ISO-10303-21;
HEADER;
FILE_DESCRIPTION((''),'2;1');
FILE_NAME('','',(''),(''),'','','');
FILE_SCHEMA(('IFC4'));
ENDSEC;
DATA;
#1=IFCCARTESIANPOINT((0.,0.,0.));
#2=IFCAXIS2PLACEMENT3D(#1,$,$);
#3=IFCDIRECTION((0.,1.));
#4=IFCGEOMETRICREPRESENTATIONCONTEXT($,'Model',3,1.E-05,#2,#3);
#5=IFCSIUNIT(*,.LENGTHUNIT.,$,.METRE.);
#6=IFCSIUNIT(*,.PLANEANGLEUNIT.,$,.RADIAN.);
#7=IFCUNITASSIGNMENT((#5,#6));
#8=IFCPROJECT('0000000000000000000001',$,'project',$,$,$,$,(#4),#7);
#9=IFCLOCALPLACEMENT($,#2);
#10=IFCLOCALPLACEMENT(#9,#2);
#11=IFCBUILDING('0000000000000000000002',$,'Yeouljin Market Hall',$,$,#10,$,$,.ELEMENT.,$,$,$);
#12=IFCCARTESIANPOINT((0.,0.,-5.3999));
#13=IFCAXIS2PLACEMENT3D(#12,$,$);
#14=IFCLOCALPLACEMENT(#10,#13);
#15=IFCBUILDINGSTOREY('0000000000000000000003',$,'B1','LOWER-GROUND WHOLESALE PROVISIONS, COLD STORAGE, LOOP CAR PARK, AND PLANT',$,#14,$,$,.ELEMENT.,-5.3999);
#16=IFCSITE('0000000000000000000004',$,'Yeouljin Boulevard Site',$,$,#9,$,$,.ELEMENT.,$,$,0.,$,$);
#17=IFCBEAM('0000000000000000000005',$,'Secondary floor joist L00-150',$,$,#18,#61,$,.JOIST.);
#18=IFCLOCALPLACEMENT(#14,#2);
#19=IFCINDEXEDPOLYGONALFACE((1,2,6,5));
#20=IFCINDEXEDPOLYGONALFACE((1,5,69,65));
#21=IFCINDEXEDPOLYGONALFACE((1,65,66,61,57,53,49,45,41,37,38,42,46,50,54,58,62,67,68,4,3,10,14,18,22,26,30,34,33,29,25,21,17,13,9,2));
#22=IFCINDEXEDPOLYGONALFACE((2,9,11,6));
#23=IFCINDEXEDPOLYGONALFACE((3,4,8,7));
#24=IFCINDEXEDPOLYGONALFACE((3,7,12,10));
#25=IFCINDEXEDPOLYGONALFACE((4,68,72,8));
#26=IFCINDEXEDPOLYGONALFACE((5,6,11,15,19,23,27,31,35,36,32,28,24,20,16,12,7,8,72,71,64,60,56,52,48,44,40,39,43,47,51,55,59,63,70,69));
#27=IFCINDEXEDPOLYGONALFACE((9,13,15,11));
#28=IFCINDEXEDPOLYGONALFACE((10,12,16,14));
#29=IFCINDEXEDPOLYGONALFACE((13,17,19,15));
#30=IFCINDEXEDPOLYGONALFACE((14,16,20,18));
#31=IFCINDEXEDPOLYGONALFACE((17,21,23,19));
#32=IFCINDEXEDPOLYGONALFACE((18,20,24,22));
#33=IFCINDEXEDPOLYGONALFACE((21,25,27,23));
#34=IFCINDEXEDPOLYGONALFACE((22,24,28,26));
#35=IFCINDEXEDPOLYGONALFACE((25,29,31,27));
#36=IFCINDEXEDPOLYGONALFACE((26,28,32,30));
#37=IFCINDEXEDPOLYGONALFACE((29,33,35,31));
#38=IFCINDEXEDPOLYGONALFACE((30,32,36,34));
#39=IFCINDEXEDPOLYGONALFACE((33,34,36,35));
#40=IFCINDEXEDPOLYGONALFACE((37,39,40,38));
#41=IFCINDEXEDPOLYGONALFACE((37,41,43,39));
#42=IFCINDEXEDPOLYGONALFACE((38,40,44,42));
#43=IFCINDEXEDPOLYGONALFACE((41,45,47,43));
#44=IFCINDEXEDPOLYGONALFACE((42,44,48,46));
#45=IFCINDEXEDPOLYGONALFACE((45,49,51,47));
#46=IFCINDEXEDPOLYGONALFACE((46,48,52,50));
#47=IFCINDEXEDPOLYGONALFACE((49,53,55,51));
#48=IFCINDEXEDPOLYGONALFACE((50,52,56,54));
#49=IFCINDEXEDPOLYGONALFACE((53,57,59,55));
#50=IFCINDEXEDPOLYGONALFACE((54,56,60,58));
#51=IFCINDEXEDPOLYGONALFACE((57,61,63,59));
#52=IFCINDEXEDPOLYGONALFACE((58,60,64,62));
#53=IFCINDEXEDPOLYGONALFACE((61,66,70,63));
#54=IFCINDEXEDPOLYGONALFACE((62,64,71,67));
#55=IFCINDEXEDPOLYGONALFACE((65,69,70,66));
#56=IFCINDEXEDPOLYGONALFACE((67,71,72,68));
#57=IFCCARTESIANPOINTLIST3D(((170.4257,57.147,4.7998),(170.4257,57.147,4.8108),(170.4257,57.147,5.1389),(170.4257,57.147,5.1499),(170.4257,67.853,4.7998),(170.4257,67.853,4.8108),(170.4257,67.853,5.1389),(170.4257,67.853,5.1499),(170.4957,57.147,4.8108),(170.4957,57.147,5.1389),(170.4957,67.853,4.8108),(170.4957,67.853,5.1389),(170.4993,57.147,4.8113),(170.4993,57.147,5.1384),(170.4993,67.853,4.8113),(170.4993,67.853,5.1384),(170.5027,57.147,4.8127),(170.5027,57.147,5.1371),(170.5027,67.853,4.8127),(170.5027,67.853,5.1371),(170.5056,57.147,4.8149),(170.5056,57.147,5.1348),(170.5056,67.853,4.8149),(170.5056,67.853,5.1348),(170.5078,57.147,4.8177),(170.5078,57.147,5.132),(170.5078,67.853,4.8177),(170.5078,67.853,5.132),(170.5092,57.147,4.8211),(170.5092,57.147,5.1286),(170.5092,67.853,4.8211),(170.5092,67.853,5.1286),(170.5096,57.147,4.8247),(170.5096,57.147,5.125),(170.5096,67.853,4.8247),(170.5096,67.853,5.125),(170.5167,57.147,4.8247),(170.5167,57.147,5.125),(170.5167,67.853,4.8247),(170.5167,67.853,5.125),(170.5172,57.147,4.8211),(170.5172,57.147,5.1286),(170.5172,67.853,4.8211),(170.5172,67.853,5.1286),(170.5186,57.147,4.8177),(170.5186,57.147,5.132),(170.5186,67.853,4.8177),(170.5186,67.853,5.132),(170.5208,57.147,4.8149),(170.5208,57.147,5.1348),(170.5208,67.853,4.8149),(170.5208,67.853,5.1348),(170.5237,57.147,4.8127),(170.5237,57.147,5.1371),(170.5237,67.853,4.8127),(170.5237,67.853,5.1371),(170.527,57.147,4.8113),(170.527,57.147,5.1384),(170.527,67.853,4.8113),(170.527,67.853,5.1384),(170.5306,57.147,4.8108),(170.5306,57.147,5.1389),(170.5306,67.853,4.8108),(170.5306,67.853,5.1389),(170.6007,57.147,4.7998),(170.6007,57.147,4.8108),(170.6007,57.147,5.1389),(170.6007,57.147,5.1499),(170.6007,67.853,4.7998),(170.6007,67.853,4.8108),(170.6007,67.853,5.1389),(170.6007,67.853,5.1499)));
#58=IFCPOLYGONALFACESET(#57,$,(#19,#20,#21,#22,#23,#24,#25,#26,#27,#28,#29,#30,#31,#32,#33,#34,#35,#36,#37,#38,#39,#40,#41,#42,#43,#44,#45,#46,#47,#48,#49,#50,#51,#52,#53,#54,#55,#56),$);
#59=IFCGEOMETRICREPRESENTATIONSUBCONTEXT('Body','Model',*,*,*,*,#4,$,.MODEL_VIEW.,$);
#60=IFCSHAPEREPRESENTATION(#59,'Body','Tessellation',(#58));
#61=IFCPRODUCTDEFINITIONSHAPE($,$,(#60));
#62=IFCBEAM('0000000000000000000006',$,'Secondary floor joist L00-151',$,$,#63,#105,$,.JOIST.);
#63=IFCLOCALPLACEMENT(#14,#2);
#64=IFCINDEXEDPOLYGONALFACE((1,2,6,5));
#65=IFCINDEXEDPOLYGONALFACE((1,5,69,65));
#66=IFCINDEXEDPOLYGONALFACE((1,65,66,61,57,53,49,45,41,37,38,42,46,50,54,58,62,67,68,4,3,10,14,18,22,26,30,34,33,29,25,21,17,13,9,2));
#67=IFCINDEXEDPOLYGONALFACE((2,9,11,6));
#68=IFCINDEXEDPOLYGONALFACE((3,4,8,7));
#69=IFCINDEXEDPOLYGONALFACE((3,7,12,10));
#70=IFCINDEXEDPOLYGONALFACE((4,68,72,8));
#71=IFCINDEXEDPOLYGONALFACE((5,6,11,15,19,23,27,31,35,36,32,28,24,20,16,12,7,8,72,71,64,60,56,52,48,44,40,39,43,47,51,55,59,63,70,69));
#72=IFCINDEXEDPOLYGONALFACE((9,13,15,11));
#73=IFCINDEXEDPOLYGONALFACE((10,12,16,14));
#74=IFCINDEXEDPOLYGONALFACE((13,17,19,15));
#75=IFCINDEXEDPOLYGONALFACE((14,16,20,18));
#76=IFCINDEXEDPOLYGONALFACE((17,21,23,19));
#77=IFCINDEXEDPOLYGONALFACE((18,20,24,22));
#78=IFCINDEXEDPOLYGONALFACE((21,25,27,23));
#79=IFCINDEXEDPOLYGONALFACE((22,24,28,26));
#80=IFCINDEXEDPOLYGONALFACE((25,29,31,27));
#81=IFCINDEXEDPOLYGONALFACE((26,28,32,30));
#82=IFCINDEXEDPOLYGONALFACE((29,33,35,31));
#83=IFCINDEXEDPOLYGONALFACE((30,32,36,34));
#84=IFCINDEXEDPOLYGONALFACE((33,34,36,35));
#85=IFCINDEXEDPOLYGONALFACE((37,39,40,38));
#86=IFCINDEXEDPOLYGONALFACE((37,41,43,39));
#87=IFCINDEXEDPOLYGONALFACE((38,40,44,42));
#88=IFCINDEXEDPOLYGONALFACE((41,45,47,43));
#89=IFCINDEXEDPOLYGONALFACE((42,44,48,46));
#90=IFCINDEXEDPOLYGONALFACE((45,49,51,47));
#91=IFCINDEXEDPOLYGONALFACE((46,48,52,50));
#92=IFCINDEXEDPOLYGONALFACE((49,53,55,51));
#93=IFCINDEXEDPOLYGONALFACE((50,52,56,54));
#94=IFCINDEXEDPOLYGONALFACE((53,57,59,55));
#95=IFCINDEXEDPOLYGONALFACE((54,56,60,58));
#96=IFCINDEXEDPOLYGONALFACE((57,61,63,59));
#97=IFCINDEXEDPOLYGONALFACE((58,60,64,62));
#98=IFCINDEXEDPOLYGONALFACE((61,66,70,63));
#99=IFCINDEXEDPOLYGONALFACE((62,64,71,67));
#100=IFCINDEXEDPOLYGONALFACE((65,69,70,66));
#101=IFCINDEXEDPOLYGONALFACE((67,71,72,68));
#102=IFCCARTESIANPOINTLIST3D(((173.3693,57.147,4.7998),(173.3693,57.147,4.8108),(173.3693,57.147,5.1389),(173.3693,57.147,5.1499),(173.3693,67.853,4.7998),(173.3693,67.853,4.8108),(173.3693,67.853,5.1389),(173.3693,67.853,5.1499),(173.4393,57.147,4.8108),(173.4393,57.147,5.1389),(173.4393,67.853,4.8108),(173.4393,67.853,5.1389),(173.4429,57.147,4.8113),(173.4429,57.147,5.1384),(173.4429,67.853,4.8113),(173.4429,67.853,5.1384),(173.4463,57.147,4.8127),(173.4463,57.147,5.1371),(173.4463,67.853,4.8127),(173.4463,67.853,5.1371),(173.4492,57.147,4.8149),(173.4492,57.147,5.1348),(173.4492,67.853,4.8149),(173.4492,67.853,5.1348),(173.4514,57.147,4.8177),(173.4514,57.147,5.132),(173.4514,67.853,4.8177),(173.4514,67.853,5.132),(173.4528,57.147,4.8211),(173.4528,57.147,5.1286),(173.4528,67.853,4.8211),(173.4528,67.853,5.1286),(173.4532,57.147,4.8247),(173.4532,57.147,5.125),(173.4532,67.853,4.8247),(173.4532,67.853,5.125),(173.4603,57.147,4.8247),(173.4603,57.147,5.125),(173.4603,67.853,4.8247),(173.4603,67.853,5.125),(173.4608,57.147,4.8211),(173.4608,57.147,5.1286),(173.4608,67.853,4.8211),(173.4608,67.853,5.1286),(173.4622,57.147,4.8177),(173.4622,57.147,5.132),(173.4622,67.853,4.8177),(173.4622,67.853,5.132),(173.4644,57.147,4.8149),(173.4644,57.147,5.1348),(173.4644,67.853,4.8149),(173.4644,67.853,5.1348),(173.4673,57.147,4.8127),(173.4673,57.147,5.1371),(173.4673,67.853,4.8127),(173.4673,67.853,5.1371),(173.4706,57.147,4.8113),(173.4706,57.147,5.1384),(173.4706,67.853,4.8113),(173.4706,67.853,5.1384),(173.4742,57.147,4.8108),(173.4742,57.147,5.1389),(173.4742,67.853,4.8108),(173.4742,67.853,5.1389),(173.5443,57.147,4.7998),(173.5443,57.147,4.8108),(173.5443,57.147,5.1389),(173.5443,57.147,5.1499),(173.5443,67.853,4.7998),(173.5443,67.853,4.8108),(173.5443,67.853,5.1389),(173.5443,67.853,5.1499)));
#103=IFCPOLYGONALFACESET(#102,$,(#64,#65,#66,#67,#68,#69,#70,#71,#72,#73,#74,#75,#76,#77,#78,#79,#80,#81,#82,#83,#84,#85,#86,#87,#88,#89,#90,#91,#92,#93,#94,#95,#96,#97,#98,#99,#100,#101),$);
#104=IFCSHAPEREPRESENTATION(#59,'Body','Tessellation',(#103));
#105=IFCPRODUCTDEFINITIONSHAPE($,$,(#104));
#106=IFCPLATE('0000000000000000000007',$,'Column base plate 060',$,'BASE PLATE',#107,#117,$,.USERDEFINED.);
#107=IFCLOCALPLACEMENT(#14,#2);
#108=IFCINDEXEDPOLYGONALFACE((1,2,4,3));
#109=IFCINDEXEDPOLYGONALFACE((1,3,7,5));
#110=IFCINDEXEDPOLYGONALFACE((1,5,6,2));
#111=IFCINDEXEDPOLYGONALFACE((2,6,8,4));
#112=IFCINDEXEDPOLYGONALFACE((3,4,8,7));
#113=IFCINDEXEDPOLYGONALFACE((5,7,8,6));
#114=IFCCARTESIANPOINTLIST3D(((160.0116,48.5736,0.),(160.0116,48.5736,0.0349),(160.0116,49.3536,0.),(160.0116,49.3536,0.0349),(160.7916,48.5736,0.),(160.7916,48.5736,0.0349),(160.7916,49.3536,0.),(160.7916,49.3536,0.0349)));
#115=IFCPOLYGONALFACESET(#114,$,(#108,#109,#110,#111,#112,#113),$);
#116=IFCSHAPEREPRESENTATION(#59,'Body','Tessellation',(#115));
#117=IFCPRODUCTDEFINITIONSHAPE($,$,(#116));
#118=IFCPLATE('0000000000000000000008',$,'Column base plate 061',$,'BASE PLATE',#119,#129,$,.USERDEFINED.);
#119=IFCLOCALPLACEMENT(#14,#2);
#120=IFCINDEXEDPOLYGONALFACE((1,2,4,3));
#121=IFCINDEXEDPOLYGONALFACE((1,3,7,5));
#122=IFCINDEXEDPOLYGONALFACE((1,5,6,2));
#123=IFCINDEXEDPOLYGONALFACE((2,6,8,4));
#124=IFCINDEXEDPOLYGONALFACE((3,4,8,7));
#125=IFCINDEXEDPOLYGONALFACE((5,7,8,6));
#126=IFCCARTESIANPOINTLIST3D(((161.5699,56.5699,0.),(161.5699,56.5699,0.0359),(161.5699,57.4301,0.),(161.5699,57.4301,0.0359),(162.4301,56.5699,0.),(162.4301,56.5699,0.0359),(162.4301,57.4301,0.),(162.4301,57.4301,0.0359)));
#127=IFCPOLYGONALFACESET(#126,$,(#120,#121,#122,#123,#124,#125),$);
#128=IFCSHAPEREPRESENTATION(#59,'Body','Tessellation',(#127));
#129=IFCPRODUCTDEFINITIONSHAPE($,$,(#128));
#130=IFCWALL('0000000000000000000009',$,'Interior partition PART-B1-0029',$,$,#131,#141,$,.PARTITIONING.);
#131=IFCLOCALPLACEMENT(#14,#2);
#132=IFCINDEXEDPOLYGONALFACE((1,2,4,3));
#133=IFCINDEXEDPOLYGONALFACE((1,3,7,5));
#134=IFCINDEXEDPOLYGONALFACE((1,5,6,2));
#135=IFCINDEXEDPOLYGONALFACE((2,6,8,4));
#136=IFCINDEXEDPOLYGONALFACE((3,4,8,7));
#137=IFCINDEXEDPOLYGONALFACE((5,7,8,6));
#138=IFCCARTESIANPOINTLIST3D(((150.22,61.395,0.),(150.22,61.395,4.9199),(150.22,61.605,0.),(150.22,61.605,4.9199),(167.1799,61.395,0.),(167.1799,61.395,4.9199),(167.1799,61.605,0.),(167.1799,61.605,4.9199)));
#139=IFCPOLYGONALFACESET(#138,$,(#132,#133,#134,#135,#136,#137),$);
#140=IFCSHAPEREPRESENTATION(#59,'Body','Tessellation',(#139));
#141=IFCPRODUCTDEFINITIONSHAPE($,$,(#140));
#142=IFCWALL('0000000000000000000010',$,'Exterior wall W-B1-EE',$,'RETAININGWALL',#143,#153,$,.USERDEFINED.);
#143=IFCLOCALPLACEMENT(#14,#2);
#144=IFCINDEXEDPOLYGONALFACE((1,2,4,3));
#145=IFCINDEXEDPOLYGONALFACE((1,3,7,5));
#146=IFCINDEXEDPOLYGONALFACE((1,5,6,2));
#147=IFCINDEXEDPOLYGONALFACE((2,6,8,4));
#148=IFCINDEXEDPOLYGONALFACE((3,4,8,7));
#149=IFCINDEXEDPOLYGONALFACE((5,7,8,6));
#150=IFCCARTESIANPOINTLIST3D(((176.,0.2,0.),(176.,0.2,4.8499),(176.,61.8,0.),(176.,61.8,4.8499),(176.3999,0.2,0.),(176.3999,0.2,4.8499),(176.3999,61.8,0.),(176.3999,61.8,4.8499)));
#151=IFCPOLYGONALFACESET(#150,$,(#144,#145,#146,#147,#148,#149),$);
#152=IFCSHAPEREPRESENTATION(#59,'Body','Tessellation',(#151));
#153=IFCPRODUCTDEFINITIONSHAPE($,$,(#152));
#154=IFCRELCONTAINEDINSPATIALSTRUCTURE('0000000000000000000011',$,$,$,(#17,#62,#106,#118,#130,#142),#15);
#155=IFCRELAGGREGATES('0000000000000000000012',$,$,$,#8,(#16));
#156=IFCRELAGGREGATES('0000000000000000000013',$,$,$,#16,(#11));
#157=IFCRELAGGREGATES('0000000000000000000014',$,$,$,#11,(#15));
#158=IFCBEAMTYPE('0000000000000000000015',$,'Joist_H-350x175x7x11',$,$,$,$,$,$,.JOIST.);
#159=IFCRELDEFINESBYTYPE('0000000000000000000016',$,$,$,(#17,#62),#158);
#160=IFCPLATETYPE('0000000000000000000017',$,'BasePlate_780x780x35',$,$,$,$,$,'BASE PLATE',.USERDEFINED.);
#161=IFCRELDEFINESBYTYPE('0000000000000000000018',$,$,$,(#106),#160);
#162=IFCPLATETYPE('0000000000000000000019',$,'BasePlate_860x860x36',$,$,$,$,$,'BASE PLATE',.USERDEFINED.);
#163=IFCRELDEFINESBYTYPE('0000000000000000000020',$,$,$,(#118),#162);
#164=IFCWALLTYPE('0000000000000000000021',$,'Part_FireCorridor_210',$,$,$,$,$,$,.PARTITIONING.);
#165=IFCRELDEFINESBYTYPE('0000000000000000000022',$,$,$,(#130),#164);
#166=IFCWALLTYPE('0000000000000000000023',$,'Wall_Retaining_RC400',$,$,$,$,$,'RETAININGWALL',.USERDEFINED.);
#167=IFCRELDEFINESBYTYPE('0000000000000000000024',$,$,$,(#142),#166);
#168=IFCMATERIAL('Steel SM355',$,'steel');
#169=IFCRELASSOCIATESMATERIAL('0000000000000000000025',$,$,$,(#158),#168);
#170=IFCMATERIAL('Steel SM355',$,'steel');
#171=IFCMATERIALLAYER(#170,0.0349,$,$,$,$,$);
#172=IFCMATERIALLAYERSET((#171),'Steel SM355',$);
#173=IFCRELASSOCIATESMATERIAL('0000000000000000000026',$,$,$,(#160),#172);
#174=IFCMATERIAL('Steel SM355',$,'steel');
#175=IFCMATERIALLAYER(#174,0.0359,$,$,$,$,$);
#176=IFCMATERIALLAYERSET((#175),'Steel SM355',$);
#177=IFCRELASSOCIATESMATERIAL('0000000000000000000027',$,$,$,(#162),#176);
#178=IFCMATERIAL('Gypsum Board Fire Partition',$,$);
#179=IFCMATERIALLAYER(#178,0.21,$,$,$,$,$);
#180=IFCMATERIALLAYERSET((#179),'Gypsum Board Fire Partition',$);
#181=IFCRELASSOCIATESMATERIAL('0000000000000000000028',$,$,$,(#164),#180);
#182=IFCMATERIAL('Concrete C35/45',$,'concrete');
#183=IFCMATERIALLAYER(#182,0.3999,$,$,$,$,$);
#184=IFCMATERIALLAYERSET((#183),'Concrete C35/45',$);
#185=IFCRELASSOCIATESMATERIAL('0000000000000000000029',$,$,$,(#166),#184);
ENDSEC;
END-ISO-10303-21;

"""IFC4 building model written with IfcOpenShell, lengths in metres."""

from ifc_helpers import new_model, si_unit, direction, frame, frame_2d, origin, origin_2d, place, context, subcontext, project, spatial, rectangle, i_section, extrude, material, layer, layer_set, material_profile, profile_set, type_object, element, save


model = new_model("IFC4")

# Units and contexts
model_context = context("Model", 3, precision=1e-05, world=origin(), true_north=direction((0.0, 1.0)))
body_context = subcontext(model_context, "Body", "Model", "MODEL_VIEW")
ifc_project = project(units=[si_unit("LENGTHUNIT", "METRE"), si_unit("PLANEANGLEUNIT", "RADIAN")], contexts=[model_context])

# Site, building, storey
site_placement = place(None, origin())
site = spatial("IfcSite", under=ifc_project, at=site_placement, Name="Yeouljin Boulevard Site", CompositionType="ELEMENT", RefElevation=0.0)
building_placement = place(site_placement, origin())
building = spatial("IfcBuilding", under=site, at=building_placement, Name="Yeouljin Market Hall", CompositionType="ELEMENT")
storey_placement = place(building_placement, frame((0.0, 0.0, -5.3999)))
storey = spatial("IfcBuildingStorey", under=building, at=storey_placement, Name="B1", Description="LOWER-GROUND WHOLESALE PROVISIONS, COLD STORAGE, LOOP CAR PARK, AND PLANT", CompositionType="ELEMENT", Elevation=-5.3999)

# Beams
ifc_material_1 = material(Name="Steel SM355", Category="steel")
ifc_material_profile_1 = material_profile(ifc_material_1, i_section(OverallWidth=0.175, OverallDepth=0.3501, WebThickness=0.0071, FlangeThickness=0.011, FilletRadius=0.0139, at=origin_2d()), Name="H-350x175x7x11")
ifc_profile_set_1 = profile_set([ifc_material_profile_1], Name="Steel SM355")
beam_type_1 = type_object("IfcBeamType", Name="Joist_H-350x175x7x11", PredefinedType="JOIST", material=ifc_profile_set_1)
for number, where, z_axis, x_axis, name in (
    (1, (170.5132, 57.147, 4.9749), (0.0, 1.0, 0.0), (-1.0, 0.0, 0.0), "Secondary floor joist L00-150"),
    (2, (173.4568, 57.147, 4.9749), (0.0, 1.0, 0.0), (-1.0, 0.0, 0.0), "Secondary floor joist L00-151"),
):
    element("IfcBeam", number, at=place(storey_placement, frame(where, z_axis=z_axis, x_axis=x_axis)), inside=storey, type_object=beam_type_1, Name=name, PredefinedType="JOIST", context=body_context, shape_type="SweptSolid", body=[
        extrude(i_section(OverallWidth=0.175, OverallDepth=0.3501, WebThickness=0.0071, FlangeThickness=0.011, FilletRadius=0.0139, at=origin_2d()), origin(), (0.0, 0.0, 1.0), 10.7061),
    ])

# Plates
ifc_material_2 = material(Name="Steel SM355", Category="steel")
ifc_layer_1 = layer(ifc_material_2, 0.0349)
ifc_layer_set_1 = layer_set([ifc_layer_1], Name="Steel SM355")
plate_type_1 = type_object("IfcPlateType", Name="BasePlate_780x780x35", ElementType="BASE PLATE", PredefinedType="USERDEFINED", material=ifc_layer_set_1)
plate_1_placement = place(storey_placement, frame((160.4016, 48.9636, 0.0), z_axis=(0.0, 0.0, 1.0), x_axis=(1.0, 0.0, 0.0)))
element("IfcPlate", 3, at=plate_1_placement, inside=storey, type_object=plate_type_1, Name="Column base plate 060", ObjectType="BASE PLATE", PredefinedType="USERDEFINED", context=body_context, shape_type="SweptSolid", body=[
    extrude(rectangle(XDim=0.78, YDim=0.78, at=origin_2d()), origin(), (0.0, 0.0, 1.0), 0.0349),
])
ifc_material_3 = material(Name="Steel SM355", Category="steel")
ifc_layer_2 = layer(ifc_material_3, 0.0359)
ifc_layer_set_2 = layer_set([ifc_layer_2], Name="Steel SM355")
plate_type_2 = type_object("IfcPlateType", Name="BasePlate_860x860x36", ElementType="BASE PLATE", PredefinedType="USERDEFINED", material=ifc_layer_set_2)
plate_2_placement = place(storey_placement, frame((162.0, 57.0, 0.0), z_axis=(0.0, 0.0, 1.0), x_axis=(1.0, 0.0, 0.0)))
element("IfcPlate", 4, at=plate_2_placement, inside=storey, type_object=plate_type_2, Name="Column base plate 061", ObjectType="BASE PLATE", PredefinedType="USERDEFINED", context=body_context, shape_type="SweptSolid", body=[
    extrude(rectangle(XDim=0.8601, YDim=0.8601, at=origin_2d()), origin(), (0.0, 0.0, 1.0), 0.0359),
])

# Walls
ifc_material_4 = material(Name="Gypsum Board Fire Partition")
ifc_layer_3 = layer(ifc_material_4, 0.21)
ifc_layer_set_3 = layer_set([ifc_layer_3], Name="Gypsum Board Fire Partition")
wall_type_1 = type_object("IfcWallType", Name="Part_FireCorridor_210", PredefinedType="PARTITIONING", material=ifc_layer_set_3)
wall_1_placement = place(storey_placement, frame((167.1799, 61.5, 0.0), z_axis=(0.0, 0.0, 1.0), x_axis=(-1.0, 0.0, 0.0)))
element("IfcWall", 5, at=wall_1_placement, inside=storey, type_object=wall_type_1, Name="Interior partition PART-B1-0029", PredefinedType="PARTITIONING", context=body_context, shape_type="SweptSolid", body=[
    extrude(rectangle(XDim=16.96, YDim=0.21, at=frame_2d((8.48, 0.0))), origin(), (0.0, 0.0, 1.0), 4.9199),
])
ifc_material_5 = material(Name="Concrete C35/45", Category="concrete")
ifc_layer_4 = layer(ifc_material_5, 0.3999)
ifc_layer_set_4 = layer_set([ifc_layer_4], Name="Concrete C35/45")
wall_type_2 = type_object("IfcWallType", Name="Wall_Retaining_RC400", ElementType="RETAININGWALL", PredefinedType="USERDEFINED", material=ifc_layer_set_4)
wall_2_placement = place(storey_placement, frame((176.2, 61.8, 0.0), z_axis=(0.0, 0.0, 1.0), x_axis=(0.0, -1.0, 0.0)))
element("IfcWall", 6, at=wall_2_placement, inside=storey, type_object=wall_type_2, Name="Exterior wall W-B1-EE", ObjectType="RETAININGWALL", PredefinedType="USERDEFINED", context=body_context, shape_type="SweptSolid", body=[
    extrude(rectangle(XDim=61.6001, YDim=0.3999, at=frame_2d((30.8, 0.0))), origin(), (0.0, 0.0, 1.0), 4.8499),
])

save(model, "model.ifc")
